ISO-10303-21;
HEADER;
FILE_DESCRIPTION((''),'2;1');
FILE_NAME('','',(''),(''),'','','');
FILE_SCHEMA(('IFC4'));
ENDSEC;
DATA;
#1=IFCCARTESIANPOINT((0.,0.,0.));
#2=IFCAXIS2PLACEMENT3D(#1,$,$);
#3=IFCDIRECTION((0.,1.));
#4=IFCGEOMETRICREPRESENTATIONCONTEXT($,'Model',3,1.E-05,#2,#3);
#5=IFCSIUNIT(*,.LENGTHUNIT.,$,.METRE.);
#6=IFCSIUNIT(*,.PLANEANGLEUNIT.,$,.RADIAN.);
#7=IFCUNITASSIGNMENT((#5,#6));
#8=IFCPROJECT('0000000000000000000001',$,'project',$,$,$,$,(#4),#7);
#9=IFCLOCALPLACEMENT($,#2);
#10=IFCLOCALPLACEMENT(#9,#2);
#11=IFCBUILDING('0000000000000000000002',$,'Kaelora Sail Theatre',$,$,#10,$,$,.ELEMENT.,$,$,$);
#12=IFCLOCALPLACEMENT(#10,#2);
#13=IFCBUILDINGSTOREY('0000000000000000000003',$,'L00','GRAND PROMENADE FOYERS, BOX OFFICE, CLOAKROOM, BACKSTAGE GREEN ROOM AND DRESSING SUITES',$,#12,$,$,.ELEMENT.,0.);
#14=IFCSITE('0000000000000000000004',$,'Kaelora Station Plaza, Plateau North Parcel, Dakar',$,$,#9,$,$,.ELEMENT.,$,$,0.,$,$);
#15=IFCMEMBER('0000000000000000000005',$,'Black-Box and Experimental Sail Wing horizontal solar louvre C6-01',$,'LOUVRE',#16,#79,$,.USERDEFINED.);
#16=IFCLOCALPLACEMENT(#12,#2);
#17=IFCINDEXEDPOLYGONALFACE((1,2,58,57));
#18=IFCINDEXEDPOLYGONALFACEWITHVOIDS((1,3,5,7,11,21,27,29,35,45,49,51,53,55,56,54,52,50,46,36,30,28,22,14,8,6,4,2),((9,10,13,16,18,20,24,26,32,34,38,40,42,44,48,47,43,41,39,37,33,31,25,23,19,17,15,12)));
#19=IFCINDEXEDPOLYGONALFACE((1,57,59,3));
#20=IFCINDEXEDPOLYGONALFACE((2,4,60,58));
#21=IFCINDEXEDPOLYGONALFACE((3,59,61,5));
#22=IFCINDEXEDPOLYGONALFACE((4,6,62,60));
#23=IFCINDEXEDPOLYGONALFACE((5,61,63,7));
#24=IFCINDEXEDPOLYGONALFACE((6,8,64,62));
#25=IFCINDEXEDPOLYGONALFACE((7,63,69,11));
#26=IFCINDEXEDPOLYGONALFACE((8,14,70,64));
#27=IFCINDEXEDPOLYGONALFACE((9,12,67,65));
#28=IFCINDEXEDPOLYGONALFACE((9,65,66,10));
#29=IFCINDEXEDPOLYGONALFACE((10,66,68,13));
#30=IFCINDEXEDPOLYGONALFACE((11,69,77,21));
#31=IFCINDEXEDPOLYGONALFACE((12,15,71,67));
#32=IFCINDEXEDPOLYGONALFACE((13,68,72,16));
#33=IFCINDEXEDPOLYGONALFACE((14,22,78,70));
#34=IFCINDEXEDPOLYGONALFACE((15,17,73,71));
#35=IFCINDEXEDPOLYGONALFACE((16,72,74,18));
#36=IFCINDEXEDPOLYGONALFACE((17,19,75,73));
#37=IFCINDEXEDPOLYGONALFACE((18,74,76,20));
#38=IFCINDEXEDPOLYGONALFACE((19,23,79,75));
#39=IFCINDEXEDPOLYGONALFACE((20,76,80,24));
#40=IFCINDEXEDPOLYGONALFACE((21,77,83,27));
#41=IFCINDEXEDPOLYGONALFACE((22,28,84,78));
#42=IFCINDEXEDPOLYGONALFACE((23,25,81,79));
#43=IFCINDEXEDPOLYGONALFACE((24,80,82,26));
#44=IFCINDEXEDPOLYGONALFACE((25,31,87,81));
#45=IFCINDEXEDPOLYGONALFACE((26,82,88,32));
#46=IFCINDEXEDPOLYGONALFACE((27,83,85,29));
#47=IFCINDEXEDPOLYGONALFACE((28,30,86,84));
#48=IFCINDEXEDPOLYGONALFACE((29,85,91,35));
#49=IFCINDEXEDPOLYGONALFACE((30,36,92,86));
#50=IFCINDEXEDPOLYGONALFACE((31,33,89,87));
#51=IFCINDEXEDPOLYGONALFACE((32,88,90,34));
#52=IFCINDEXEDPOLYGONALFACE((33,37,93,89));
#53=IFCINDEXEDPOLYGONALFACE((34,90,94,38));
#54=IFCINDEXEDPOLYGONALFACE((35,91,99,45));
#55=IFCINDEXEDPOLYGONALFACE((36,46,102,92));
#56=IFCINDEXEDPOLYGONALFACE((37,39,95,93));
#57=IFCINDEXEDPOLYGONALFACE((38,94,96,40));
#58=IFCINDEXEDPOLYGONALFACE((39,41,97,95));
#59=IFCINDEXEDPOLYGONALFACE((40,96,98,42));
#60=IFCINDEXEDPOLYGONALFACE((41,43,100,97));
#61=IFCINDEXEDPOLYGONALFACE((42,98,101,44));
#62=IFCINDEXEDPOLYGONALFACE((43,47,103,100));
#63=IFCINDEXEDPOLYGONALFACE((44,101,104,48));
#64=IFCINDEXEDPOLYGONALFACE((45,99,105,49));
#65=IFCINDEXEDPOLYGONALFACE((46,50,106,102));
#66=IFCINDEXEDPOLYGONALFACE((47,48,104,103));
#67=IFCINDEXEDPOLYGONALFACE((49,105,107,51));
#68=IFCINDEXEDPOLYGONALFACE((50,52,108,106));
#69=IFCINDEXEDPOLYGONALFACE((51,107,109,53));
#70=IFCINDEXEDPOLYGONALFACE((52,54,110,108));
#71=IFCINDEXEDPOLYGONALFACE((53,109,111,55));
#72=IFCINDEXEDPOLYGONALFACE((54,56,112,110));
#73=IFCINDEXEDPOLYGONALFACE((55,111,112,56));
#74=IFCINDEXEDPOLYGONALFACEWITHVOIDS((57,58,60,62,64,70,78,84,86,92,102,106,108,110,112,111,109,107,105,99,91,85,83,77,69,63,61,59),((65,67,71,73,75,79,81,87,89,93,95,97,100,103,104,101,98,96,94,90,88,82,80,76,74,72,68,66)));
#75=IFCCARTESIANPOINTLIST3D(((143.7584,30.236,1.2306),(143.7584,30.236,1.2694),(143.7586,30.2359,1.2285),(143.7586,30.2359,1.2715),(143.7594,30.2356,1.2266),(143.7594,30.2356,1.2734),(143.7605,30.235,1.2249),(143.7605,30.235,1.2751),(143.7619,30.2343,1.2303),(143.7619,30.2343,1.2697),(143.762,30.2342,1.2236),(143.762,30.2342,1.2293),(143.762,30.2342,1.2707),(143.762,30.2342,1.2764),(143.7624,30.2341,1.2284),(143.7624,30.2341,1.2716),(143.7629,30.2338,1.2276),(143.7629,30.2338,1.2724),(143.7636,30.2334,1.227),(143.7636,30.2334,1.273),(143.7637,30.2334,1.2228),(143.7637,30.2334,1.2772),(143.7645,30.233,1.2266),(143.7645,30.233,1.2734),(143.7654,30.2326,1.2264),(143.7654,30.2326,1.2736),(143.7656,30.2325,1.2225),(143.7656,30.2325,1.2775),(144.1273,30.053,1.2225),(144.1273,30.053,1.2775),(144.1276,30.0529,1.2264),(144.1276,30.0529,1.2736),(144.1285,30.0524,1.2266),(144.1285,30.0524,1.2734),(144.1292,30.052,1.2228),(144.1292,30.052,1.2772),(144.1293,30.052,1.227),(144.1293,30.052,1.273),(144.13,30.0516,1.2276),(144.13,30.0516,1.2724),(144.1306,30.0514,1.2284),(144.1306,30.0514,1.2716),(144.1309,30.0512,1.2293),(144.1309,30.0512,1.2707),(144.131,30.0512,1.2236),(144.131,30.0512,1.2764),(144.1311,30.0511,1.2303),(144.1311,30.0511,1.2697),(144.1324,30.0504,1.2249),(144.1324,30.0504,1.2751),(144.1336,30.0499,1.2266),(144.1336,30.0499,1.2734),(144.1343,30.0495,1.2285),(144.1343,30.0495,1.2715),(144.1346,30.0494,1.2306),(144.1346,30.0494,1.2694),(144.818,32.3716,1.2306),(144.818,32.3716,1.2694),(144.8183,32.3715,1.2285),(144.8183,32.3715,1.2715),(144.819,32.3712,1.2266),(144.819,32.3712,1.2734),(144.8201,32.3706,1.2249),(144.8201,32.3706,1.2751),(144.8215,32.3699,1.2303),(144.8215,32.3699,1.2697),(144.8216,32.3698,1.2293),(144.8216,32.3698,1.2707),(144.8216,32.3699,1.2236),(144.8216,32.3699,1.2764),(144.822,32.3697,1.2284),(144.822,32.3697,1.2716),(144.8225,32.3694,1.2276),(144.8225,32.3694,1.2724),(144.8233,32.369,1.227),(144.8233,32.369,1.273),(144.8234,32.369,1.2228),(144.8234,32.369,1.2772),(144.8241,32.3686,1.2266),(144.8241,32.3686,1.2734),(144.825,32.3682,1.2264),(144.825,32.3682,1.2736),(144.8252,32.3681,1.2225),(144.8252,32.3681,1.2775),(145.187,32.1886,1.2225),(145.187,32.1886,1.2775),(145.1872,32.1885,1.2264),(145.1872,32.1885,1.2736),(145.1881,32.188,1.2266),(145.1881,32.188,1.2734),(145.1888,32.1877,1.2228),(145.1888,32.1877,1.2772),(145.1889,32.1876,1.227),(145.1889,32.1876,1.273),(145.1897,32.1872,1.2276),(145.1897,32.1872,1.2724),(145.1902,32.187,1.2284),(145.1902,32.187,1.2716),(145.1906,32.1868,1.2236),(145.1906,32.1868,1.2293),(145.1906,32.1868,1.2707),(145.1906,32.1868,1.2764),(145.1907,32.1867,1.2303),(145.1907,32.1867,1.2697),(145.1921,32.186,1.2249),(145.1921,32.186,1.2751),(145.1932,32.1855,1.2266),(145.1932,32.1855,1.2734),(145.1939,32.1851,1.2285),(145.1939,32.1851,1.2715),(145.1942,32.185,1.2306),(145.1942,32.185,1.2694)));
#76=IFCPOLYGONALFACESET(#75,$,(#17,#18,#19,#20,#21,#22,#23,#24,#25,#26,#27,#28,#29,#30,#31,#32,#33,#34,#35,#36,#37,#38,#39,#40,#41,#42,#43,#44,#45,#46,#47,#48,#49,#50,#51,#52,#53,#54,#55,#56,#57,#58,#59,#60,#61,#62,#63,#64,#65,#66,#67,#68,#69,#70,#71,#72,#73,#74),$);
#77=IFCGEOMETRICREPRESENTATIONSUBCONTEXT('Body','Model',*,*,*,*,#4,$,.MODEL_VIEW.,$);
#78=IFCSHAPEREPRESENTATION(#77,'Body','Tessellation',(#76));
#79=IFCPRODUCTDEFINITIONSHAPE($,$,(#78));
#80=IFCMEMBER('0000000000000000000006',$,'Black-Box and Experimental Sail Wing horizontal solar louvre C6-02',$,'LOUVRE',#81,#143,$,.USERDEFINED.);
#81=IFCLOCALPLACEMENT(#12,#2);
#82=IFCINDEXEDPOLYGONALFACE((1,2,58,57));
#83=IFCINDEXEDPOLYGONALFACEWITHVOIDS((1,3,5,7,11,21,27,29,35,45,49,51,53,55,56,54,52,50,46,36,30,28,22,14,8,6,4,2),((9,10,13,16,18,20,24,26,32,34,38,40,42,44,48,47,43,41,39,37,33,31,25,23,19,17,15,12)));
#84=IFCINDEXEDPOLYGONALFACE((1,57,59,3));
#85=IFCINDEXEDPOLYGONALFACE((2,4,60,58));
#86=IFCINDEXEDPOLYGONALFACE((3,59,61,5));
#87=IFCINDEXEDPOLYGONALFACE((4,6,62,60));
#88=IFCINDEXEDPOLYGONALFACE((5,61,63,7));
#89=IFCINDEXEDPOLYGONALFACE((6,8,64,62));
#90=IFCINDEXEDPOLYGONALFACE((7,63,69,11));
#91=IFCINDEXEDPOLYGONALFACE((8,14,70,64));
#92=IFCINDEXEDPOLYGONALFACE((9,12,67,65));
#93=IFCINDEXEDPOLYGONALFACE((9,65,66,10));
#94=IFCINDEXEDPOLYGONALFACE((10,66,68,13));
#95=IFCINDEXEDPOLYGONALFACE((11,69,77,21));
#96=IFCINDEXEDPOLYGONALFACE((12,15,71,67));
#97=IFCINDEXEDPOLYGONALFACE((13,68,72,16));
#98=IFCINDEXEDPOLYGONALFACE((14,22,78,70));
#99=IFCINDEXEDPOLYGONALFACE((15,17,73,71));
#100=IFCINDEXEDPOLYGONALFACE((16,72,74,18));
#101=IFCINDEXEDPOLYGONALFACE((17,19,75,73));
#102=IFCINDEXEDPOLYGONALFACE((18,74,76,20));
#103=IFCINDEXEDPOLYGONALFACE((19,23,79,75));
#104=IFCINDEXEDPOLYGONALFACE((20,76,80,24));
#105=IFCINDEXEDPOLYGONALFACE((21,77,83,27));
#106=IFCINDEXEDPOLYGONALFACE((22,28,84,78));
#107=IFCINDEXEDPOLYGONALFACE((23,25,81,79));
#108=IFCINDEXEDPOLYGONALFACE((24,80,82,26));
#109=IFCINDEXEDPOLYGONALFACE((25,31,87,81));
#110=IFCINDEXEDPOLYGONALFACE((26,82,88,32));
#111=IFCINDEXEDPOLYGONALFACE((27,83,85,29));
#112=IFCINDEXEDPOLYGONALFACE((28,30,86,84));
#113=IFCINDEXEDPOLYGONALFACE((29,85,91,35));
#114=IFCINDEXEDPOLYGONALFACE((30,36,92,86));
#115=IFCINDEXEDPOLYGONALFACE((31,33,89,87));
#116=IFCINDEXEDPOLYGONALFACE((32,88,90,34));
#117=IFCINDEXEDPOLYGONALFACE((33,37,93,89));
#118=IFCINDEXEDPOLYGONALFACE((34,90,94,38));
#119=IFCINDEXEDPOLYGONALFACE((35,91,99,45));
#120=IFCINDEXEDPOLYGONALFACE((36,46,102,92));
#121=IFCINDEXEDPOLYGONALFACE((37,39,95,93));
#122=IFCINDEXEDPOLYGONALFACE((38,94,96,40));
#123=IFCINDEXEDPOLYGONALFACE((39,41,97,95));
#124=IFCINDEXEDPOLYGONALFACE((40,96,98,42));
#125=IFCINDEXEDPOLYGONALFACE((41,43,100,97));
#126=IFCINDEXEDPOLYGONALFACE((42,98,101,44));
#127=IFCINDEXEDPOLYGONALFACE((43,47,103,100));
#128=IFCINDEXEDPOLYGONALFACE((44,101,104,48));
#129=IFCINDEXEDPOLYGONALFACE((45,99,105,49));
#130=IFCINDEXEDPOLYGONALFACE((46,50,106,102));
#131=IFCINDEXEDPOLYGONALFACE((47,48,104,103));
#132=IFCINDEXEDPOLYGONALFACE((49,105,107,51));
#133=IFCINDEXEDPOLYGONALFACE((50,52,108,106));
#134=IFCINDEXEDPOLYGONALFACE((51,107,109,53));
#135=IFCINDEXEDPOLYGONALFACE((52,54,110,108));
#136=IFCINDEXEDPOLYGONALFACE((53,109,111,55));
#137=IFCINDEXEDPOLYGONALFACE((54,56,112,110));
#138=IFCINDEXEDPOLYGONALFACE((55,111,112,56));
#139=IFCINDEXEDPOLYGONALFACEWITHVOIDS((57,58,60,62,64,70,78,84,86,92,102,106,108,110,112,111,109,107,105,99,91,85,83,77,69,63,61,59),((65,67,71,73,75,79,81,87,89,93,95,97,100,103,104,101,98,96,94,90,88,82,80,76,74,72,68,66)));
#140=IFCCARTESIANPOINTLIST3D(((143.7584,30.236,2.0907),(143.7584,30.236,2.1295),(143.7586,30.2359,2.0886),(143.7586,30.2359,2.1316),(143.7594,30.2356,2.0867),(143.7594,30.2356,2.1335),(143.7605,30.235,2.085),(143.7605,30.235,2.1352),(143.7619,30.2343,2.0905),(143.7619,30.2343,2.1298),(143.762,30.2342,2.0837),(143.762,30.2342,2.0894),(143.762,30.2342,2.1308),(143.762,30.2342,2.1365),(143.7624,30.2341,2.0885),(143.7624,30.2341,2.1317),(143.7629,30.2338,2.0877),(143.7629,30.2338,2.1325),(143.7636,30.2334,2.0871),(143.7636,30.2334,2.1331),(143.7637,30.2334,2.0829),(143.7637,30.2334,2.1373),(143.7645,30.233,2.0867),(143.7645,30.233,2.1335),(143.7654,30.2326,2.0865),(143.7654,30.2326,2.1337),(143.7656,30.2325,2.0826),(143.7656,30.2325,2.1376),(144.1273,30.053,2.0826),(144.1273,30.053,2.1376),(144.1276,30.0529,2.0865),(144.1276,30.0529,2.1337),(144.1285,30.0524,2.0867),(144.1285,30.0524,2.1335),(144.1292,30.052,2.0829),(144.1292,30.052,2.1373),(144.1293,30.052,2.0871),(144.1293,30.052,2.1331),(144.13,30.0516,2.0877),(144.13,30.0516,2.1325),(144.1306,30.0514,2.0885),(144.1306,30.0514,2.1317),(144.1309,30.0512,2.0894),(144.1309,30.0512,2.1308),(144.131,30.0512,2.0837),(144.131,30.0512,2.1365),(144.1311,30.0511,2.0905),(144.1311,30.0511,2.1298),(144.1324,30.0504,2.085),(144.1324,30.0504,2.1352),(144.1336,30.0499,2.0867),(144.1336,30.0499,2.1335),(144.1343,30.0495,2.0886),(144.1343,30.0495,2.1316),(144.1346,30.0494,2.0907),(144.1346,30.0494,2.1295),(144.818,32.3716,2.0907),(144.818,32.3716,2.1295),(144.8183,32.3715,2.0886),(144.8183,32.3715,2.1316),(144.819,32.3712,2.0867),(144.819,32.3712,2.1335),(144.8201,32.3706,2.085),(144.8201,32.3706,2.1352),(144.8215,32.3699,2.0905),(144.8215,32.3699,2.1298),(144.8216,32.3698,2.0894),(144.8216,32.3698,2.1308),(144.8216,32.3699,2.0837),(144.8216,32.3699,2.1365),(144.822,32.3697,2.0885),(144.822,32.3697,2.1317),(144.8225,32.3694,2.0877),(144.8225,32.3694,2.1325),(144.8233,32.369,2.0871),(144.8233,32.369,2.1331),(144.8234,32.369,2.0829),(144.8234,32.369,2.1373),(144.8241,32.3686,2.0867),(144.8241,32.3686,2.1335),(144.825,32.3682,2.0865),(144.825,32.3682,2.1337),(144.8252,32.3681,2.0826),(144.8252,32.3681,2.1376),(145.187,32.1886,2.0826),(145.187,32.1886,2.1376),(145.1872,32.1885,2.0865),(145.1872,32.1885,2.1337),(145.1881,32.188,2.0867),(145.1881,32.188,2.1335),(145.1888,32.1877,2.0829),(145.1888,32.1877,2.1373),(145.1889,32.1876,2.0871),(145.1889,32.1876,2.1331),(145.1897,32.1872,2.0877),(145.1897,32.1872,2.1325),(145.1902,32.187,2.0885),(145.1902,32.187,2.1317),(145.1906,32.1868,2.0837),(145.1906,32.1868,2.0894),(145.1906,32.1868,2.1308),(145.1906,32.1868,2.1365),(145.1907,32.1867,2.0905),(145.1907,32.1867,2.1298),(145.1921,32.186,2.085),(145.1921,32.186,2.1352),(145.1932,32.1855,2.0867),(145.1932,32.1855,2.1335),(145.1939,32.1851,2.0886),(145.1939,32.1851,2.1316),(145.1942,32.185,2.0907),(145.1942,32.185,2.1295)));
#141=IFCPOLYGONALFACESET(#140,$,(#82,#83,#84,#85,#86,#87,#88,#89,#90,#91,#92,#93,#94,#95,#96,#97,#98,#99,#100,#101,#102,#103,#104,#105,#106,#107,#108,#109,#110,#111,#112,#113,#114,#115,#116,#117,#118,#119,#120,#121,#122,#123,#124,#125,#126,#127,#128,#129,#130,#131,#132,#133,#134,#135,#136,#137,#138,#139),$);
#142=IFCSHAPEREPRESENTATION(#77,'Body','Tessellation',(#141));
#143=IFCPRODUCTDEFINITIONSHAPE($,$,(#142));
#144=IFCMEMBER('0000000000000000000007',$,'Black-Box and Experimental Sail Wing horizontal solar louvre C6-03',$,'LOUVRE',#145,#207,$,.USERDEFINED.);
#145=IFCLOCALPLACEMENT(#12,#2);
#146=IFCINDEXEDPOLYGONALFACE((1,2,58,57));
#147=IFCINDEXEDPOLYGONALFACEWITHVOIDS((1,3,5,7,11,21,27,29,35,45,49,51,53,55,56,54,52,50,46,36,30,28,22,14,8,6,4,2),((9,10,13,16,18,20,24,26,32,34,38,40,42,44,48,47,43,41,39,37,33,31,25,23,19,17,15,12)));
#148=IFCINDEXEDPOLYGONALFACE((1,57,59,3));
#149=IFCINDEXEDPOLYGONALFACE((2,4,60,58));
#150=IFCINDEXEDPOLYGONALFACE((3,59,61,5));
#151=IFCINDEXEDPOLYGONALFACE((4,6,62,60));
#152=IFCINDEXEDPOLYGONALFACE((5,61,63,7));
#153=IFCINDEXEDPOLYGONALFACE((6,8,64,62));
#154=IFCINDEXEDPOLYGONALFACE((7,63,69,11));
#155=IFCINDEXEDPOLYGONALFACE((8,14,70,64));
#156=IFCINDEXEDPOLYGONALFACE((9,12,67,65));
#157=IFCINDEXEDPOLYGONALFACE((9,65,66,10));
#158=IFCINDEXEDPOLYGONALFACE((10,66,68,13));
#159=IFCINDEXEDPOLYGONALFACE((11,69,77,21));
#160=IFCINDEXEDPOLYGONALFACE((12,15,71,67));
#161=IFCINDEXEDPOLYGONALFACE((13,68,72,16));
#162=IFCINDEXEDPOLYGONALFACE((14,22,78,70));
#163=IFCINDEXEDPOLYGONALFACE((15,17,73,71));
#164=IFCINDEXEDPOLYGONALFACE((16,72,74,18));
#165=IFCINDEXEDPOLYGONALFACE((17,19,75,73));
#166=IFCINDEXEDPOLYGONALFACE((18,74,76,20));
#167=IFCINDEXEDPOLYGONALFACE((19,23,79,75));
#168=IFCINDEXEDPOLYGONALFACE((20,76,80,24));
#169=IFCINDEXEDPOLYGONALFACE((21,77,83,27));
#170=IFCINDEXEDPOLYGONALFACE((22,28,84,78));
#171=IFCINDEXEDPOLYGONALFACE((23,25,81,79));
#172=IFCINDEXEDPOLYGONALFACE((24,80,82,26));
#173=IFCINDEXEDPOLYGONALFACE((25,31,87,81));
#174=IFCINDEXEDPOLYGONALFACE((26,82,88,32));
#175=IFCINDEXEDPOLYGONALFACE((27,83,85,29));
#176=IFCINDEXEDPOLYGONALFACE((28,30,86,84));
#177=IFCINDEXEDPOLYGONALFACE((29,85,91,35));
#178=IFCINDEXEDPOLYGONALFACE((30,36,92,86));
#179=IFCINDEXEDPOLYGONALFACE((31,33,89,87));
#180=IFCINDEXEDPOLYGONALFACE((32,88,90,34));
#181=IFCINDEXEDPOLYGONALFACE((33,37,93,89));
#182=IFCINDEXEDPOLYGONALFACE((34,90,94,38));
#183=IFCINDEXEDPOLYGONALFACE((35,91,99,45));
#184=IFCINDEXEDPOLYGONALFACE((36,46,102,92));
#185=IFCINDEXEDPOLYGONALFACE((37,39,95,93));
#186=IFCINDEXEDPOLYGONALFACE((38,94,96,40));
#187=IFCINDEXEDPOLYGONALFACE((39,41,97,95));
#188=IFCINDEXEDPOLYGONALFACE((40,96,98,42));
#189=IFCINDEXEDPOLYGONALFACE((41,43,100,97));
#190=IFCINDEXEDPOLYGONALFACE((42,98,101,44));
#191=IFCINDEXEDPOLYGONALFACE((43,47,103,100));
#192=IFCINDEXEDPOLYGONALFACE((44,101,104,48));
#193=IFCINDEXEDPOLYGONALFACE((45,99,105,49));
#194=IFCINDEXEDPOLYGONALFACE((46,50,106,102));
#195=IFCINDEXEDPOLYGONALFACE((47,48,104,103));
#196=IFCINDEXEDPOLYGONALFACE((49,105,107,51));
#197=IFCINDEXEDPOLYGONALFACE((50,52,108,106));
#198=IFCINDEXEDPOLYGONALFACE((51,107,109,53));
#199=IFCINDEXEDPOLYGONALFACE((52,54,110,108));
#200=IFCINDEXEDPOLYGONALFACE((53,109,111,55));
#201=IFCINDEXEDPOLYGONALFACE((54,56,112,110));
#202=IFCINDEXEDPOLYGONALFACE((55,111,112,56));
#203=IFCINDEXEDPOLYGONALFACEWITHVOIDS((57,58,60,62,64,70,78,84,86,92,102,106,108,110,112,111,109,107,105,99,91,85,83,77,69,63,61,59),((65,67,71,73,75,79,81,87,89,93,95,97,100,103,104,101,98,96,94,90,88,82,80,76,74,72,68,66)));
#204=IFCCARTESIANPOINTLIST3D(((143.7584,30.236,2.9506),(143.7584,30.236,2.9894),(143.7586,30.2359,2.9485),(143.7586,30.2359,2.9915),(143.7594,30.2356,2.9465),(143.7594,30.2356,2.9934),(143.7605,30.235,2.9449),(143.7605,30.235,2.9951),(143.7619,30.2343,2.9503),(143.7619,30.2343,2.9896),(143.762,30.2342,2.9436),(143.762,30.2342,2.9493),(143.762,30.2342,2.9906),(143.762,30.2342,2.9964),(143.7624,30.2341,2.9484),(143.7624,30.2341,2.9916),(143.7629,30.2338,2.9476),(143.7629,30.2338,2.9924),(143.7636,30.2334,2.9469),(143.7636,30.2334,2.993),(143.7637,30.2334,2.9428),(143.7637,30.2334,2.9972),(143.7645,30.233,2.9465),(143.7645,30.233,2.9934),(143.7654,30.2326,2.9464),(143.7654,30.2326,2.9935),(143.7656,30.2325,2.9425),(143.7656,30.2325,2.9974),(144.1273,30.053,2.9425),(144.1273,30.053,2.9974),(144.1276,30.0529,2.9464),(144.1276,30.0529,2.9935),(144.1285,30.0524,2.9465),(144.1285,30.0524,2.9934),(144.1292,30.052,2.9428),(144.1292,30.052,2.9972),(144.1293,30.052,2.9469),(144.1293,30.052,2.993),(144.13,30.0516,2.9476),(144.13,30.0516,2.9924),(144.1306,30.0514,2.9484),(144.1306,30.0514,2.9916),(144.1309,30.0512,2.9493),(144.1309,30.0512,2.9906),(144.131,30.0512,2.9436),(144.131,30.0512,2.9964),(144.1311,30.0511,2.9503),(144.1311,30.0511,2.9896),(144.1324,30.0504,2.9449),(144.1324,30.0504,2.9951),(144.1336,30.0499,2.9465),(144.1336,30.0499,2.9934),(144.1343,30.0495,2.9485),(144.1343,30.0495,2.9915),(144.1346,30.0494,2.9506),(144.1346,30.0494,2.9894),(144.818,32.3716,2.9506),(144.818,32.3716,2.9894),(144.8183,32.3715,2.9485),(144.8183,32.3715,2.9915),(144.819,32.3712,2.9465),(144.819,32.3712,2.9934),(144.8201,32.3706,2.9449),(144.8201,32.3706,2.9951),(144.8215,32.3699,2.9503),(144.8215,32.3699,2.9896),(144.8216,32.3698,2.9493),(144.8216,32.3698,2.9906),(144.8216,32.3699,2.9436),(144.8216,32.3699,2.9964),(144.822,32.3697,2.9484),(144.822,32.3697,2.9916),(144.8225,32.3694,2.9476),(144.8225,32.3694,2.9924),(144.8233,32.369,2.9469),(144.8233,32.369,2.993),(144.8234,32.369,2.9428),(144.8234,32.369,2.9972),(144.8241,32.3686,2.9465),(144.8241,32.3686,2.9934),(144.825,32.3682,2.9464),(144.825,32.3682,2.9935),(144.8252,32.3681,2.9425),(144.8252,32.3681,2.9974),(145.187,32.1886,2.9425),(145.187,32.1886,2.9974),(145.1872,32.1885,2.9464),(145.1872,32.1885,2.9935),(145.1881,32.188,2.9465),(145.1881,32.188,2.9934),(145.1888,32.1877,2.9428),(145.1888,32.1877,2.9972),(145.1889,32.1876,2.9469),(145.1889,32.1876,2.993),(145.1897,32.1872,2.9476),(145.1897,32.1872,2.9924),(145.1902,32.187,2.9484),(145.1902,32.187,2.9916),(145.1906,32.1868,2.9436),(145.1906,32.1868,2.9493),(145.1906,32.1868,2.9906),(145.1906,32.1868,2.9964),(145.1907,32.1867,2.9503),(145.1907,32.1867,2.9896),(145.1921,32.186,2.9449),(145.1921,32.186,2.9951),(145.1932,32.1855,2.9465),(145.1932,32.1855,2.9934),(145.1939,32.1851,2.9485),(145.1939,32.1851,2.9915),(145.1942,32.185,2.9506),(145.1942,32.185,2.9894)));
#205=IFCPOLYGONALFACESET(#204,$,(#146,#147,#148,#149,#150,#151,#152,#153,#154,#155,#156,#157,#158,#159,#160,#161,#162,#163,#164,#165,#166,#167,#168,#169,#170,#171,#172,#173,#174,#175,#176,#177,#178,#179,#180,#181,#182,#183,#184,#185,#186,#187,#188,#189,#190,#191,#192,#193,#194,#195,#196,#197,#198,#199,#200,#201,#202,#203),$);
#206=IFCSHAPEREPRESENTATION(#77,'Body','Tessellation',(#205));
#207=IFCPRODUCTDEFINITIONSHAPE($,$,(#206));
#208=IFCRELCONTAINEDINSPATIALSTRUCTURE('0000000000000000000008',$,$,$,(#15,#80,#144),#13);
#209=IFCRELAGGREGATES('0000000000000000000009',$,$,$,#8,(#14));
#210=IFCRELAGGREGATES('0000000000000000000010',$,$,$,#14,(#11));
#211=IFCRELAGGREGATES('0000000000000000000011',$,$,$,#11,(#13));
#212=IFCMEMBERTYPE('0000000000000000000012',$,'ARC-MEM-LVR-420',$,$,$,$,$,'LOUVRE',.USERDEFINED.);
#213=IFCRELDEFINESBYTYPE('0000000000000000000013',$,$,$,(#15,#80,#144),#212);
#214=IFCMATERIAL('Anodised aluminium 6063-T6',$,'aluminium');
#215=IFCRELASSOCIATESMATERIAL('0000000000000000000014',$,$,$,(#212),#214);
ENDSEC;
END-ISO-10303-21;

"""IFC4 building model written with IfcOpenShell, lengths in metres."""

from ifc_helpers import new_model, si_unit, direction, frame, origin, origin_2d, place, context, subcontext, project, spatial, hollow_rectangle, extrude, material, material_profile, profile_set, type_object, element, save


model = new_model("IFC4")

# Units and contexts
model_context = context("Model", 3, precision=1e-05, world=origin(), true_north=direction((0.0, 1.0)))
body_context = subcontext(model_context, "Body", "Model", "MODEL_VIEW")
ifc_project = project(units=[si_unit("LENGTHUNIT", "METRE"), si_unit("PLANEANGLEUNIT", "RADIAN")], contexts=[model_context])

# Site, building, storey
site_placement = place(None, origin())
site = spatial("IfcSite", under=ifc_project, at=site_placement, Name="Kaelora Station Plaza, Plateau North Parcel, Dakar", CompositionType="ELEMENT", RefElevation=0.0)
building_placement = place(site_placement, origin())
building = spatial("IfcBuilding", under=site, at=building_placement, Name="Kaelora Sail Theatre", CompositionType="ELEMENT")
storey_placement = place(building_placement, origin())
storey = spatial("IfcBuildingStorey", under=building, at=storey_placement, Name="L00", Description="GRAND PROMENADE FOYERS, BOX OFFICE, CLOAKROOM, BACKSTAGE GREEN ROOM AND DRESSING SUITES", CompositionType="ELEMENT", Elevation=0.0)

# Members
ifc_material_1 = material(Name="Anodised aluminium 6063-T6", Category="aluminium")
ifc_material_profile_1 = material_profile(ifc_material_1, hollow_rectangle(XDim=0.4199, YDim=0.0549, WallThickness=0.0039, InnerFilletRadius=0.0039, OuterFilletRadius=0.0081, at=origin_2d()), Name="LOUVRE 420x55x4")
ifc_profile_set_1 = profile_set([ifc_material_profile_1], Name="Anodised aluminium 6063-T6")
member_type_1 = type_object("IfcMemberType", Name="ARC-MEM-LVR-420", ElementType="LOUVRE", PredefinedType="USERDEFINED", material=ifc_profile_set_1)
for number, where, z_axis, x_axis, name in (
    (1, (145.0061, 32.2783, 1.25), (-0.444467, -0.895795, 0.0), (0.895795, -0.444467, 0.0), "Black-Box and Experimental Sail Wing horizontal solar louvre C6-01"),
    (2, (145.0061, 32.2783, 2.1101), (-0.444467, -0.895795, 0.0), (0.895795, -0.444467, 0.0), "Black-Box and Experimental Sail Wing horizontal solar louvre C6-02"),
    (3, (145.0061, 32.2783, 2.97), (-0.444467, -0.895795, 0.0), (0.895795, -0.444467, 0.0), "Black-Box and Experimental Sail Wing horizontal solar louvre C6-03"),
):
    element("IfcMember", number, at=place(storey_placement, frame(where, z_axis=z_axis, x_axis=x_axis)), inside=storey, type_object=member_type_1, Name=name, ObjectType="LOUVRE", PredefinedType="USERDEFINED", context=body_context, shape_type="SweptSolid", body=[
        extrude(hollow_rectangle(XDim=0.4199, YDim=0.0549, WallThickness=0.0039, InnerFilletRadius=0.0039, OuterFilletRadius=0.0081, at=origin_2d()), origin(), (0.0, 0.0, 1.0), 2.384),
    ])

save(model, "model.ifc")
